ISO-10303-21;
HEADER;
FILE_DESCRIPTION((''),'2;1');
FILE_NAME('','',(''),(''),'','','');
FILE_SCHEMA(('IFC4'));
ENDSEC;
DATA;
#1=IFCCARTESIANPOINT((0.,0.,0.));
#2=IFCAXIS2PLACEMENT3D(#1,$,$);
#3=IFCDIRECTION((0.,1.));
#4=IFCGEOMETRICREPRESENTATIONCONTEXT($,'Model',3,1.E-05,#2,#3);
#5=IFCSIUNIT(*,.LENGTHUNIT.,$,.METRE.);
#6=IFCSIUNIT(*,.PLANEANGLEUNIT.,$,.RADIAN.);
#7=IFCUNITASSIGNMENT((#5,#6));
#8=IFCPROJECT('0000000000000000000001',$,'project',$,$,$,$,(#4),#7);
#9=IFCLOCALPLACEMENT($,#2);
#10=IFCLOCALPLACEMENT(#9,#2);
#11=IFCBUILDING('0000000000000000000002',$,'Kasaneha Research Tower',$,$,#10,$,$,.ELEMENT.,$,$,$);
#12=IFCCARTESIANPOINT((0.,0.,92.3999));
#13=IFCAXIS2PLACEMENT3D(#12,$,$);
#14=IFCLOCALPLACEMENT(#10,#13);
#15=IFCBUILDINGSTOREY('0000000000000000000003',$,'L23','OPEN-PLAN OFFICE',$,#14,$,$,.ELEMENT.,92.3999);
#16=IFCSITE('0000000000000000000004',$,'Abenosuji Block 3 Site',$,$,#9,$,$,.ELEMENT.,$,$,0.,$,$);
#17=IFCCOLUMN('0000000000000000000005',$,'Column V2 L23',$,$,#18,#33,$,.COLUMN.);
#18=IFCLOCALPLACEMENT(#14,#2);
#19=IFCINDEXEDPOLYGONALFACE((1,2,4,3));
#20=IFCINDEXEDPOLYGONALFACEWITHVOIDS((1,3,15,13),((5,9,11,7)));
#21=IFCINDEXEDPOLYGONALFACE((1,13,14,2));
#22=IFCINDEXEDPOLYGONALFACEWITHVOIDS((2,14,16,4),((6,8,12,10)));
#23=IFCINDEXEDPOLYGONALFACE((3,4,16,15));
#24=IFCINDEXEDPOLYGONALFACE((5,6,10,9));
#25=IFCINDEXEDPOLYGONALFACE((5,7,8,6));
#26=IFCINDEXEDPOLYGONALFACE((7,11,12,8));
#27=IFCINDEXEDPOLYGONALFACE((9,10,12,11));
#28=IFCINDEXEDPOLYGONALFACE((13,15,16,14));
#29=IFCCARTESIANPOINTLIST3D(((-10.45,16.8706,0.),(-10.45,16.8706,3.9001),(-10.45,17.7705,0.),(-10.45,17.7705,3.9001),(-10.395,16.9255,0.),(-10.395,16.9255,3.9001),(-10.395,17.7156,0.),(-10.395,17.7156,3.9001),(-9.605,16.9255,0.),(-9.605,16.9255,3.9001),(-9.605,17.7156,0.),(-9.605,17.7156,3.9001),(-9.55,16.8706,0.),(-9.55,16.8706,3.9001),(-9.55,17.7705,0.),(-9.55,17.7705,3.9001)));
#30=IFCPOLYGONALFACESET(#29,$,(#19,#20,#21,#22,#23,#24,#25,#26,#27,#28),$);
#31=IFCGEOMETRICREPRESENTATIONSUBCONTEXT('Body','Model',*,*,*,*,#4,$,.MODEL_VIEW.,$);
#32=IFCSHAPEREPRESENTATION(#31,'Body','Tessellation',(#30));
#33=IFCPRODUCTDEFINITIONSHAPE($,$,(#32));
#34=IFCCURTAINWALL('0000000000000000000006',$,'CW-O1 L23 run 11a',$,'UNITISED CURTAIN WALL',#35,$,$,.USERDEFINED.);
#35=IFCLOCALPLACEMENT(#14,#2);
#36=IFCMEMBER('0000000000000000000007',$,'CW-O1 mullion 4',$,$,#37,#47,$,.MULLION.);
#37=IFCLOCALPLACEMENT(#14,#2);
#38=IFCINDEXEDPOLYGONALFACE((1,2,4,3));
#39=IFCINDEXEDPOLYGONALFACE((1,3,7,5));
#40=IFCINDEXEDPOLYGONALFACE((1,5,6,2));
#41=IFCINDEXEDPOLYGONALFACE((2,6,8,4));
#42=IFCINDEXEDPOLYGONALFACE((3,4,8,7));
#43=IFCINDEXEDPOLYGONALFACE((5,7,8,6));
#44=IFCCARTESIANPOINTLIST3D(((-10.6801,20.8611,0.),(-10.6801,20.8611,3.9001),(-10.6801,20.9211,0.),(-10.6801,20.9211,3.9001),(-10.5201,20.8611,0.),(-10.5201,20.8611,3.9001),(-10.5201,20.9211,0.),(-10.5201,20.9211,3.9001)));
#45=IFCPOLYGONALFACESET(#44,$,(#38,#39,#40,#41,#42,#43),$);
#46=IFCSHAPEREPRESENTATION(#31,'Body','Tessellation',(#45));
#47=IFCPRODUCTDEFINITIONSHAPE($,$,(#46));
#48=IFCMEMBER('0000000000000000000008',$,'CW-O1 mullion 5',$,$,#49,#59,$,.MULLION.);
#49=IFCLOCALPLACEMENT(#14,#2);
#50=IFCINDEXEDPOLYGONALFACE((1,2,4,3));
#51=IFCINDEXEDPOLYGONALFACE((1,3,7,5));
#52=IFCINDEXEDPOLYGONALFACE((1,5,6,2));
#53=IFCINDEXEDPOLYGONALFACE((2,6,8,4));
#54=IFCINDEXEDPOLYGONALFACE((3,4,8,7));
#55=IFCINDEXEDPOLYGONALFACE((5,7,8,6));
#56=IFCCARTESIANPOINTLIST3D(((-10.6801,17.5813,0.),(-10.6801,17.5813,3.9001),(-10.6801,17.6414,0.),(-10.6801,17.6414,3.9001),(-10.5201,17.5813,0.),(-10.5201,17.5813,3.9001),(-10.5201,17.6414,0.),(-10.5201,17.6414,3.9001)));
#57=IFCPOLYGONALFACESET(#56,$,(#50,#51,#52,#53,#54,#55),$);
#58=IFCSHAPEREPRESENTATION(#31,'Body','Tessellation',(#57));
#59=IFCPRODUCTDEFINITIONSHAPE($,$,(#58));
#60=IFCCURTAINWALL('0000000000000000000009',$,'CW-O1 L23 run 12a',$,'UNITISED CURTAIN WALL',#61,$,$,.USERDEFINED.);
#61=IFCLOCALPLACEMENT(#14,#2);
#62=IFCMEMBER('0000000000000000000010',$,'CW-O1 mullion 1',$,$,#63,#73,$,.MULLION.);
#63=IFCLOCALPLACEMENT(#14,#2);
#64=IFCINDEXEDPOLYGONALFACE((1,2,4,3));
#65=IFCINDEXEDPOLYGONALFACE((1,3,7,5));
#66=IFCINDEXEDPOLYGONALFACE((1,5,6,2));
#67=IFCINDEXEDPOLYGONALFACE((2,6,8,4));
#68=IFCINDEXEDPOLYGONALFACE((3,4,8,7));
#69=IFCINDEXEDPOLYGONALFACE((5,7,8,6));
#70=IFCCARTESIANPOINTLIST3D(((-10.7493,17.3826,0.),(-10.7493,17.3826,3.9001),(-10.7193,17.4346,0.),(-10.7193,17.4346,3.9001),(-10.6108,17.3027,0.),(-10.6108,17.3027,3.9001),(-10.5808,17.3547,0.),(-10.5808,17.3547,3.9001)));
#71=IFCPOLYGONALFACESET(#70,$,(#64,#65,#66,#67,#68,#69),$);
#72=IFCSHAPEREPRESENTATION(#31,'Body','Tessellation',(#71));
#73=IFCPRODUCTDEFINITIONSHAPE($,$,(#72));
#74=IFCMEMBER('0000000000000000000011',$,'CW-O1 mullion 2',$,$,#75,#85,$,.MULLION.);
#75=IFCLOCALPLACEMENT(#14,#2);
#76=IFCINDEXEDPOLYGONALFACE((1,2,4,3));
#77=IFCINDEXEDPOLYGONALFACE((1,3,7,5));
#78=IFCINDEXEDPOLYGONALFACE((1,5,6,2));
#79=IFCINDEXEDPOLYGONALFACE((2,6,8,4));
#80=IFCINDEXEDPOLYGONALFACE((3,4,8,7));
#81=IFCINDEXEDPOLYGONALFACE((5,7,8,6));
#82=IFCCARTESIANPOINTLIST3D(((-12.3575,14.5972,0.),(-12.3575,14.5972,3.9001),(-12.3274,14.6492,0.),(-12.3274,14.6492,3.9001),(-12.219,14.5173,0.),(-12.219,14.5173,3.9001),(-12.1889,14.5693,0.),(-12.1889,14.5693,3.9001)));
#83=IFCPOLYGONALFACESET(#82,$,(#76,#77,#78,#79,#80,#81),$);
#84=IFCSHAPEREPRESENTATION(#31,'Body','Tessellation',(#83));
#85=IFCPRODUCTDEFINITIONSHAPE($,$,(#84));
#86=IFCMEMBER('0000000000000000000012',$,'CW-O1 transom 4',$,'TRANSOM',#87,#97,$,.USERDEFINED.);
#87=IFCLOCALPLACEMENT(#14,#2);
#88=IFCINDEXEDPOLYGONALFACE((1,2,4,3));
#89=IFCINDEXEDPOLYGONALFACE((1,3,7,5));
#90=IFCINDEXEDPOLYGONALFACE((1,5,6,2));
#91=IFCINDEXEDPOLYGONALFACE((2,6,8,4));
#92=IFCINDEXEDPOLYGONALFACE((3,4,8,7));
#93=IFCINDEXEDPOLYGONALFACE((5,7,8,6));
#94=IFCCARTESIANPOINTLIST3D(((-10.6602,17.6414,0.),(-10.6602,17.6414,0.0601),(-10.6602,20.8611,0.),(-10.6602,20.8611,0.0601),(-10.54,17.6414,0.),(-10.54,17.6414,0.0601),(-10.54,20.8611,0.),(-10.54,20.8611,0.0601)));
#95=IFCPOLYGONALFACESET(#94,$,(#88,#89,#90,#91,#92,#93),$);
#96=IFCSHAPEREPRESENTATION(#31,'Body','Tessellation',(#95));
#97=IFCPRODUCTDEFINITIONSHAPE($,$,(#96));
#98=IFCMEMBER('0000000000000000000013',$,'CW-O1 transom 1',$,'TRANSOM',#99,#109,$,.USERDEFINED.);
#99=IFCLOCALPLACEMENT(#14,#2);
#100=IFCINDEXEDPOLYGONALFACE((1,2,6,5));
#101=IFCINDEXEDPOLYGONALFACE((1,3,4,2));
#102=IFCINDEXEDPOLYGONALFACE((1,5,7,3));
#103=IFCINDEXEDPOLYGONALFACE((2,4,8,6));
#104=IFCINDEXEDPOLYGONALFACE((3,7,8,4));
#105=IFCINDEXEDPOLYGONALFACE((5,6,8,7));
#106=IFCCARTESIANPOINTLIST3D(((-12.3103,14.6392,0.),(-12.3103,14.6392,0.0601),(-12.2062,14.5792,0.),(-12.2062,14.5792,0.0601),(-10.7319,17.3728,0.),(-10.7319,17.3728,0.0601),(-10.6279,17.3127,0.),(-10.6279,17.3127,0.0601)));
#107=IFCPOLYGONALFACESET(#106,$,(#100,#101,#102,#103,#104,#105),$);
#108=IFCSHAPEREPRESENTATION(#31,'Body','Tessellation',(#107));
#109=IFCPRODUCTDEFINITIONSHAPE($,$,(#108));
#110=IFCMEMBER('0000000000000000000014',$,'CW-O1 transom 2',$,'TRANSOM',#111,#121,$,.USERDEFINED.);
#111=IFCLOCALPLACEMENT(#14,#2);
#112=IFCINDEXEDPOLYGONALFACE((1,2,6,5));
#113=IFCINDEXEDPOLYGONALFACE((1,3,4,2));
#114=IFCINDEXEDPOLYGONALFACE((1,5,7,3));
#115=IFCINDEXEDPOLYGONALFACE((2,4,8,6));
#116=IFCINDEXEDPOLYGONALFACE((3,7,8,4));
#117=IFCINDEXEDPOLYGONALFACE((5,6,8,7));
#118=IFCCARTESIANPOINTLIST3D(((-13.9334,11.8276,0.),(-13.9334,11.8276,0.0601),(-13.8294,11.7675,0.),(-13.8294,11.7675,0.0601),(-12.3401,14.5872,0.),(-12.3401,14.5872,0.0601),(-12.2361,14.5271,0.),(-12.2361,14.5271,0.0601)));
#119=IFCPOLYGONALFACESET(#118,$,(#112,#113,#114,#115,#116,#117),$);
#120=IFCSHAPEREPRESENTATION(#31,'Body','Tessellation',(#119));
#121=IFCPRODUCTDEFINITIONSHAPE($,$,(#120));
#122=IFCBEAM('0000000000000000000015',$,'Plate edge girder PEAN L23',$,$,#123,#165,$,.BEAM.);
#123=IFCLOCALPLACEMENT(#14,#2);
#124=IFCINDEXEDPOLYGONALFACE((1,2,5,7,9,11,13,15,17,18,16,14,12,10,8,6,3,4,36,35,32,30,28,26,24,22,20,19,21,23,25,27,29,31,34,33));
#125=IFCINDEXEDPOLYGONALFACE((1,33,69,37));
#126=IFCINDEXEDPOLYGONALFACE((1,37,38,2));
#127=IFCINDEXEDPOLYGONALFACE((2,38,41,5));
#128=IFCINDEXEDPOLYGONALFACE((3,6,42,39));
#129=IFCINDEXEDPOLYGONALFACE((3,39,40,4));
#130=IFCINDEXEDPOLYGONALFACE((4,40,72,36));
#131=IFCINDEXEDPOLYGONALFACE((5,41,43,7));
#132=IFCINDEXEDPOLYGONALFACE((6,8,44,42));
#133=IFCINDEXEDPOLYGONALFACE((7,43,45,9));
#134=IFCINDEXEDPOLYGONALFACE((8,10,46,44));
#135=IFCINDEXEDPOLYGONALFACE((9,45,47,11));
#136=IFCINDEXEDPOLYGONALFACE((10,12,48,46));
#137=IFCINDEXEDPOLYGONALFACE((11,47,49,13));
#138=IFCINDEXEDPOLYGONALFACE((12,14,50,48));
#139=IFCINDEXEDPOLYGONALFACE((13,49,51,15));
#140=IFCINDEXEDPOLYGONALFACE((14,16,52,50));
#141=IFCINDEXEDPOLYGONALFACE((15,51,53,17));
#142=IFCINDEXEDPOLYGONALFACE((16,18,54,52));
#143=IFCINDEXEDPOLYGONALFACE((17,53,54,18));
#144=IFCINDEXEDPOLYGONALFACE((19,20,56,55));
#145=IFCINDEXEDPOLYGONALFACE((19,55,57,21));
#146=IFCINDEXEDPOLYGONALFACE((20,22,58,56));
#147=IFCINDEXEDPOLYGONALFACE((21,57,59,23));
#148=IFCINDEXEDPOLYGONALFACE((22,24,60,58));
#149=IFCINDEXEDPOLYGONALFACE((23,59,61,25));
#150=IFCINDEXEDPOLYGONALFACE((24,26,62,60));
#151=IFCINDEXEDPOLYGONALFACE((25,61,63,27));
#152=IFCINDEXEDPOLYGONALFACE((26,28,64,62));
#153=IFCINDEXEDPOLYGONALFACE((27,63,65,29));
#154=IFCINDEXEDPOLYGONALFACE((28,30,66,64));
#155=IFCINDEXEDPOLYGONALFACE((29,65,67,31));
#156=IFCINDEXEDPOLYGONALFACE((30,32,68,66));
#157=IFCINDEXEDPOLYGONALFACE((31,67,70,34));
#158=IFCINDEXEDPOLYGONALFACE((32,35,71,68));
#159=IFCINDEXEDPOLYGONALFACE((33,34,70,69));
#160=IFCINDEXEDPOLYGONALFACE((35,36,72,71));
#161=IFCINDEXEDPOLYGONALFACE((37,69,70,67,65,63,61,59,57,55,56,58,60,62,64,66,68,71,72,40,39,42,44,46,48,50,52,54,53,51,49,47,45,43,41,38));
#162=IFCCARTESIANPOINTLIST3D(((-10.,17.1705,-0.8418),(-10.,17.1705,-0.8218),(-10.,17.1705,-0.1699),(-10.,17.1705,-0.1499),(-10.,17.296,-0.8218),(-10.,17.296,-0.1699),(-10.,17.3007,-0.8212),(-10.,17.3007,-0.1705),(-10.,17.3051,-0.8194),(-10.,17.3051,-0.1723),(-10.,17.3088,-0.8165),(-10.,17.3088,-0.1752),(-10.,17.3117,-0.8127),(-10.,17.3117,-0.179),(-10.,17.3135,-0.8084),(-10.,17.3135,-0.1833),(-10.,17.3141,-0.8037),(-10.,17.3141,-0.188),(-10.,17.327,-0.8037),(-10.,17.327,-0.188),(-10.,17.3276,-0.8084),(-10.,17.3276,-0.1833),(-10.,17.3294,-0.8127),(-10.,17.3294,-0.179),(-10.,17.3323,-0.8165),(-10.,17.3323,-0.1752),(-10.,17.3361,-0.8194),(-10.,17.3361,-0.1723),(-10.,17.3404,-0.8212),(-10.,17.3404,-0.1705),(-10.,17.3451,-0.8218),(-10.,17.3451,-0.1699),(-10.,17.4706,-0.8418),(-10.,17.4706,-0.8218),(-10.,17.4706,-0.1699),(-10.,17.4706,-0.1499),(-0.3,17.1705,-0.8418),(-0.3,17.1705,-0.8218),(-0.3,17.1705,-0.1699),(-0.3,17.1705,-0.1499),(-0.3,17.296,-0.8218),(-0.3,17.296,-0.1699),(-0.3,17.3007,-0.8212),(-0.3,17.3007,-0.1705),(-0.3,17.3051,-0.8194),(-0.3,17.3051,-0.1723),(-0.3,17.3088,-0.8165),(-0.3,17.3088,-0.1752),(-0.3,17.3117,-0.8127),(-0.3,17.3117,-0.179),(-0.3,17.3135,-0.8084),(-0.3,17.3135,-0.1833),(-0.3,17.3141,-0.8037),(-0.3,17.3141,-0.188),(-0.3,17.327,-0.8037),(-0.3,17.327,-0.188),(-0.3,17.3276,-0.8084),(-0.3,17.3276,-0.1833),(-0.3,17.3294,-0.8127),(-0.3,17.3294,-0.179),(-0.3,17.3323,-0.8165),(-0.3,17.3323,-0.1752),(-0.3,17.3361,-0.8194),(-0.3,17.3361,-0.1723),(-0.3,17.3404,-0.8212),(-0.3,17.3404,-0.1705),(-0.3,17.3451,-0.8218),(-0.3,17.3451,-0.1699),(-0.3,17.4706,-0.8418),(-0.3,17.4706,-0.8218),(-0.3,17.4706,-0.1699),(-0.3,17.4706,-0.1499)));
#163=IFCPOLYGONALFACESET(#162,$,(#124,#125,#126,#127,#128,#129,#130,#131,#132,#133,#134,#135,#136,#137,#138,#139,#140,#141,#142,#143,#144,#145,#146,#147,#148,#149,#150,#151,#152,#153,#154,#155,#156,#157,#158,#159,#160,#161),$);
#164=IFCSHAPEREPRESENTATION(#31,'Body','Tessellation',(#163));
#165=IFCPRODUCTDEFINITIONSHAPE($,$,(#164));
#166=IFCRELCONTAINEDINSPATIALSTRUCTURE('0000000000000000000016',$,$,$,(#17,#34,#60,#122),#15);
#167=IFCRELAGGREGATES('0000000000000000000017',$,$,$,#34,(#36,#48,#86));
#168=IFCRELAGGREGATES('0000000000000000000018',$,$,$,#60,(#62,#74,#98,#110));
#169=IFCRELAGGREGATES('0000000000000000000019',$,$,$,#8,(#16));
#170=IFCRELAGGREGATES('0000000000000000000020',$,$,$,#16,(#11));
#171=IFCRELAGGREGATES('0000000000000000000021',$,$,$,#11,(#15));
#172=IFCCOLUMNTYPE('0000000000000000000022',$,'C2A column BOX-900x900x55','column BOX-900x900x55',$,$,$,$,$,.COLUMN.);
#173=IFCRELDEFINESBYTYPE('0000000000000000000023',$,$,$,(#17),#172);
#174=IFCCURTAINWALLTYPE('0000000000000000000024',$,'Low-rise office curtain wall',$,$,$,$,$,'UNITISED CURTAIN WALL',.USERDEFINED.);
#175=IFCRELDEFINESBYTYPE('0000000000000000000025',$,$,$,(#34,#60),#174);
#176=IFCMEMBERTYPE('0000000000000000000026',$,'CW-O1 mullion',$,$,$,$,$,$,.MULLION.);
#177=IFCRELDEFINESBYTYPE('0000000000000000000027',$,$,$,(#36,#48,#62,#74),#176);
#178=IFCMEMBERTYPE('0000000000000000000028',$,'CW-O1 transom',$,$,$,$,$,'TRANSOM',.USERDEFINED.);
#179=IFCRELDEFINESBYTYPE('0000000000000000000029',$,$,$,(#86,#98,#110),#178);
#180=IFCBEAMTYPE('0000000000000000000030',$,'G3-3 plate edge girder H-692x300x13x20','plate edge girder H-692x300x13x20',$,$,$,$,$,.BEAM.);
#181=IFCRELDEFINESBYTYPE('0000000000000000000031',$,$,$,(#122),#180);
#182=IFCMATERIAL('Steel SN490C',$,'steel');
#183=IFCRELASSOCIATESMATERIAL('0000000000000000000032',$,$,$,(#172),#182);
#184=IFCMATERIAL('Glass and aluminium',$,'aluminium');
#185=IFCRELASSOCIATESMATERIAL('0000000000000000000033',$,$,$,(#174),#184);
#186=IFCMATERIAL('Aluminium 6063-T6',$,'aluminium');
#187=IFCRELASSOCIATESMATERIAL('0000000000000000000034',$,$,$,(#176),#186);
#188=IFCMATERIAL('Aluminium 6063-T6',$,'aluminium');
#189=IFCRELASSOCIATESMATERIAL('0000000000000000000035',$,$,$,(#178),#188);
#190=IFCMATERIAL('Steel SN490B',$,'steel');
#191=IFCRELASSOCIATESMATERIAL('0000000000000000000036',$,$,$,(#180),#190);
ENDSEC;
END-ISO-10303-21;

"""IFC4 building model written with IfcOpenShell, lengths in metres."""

from ifc_helpers import new_model, si_unit, direction, frame, origin, origin_2d, place, context, subcontext, project, spatial, rectangle, hollow_rectangle, i_section, extrude, material, material_profile, profile_set, type_object, element, aggregate, save


model = new_model("IFC4")

# Units and contexts
model_context = context("Model", 3, precision=1e-05, world=origin(), true_north=direction((0.0, 1.0)))
body_context = subcontext(model_context, "Body", "Model", "MODEL_VIEW")
ifc_project = project(units=[si_unit("LENGTHUNIT", "METRE"), si_unit("PLANEANGLEUNIT", "RADIAN")], contexts=[model_context])

# Site, building, storey
site_placement = place(None, origin())
site = spatial("IfcSite", under=ifc_project, at=site_placement, Name="Abenosuji Block 3 Site", CompositionType="ELEMENT", RefElevation=0.0)
building_placement = place(site_placement, origin())
building = spatial("IfcBuilding", under=site, at=building_placement, Name="Kasaneha Research Tower", CompositionType="ELEMENT")
storey_placement = place(building_placement, frame((0.0, 0.0, 92.3999)))
storey = spatial("IfcBuildingStorey", under=building, at=storey_placement, Name="L23", Description="OPEN-PLAN OFFICE", CompositionType="ELEMENT", Elevation=92.3999)

# Column
ifc_material_1 = material(Name="Steel SN490C", Category="steel")
ifc_material_profile_1 = material_profile(ifc_material_1, hollow_rectangle(XDim=0.8999, YDim=0.8999, WallThickness=0.0549, at=origin_2d()), Name="BOX-900x900x55")
ifc_profile_set_1 = profile_set([ifc_material_profile_1], Name="Steel SN490C")
column_type = type_object("IfcColumnType", Name="C2A column BOX-900x900x55", Description="column BOX-900x900x55", PredefinedType="COLUMN", material=ifc_profile_set_1)
column_placement = place(storey_placement, frame((-10.0, 17.3206, 0.0), z_axis=(0.0, 0.0, 1.0), x_axis=(1.0, 0.0, 0.0)))
element("IfcColumn", 1, at=column_placement, inside=storey, type_object=column_type, Name="Column V2 L23", PredefinedType="COLUMN", context=body_context, shape_type="SweptSolid", body=[
    extrude(hollow_rectangle(XDim=0.8999, YDim=0.8999, WallThickness=0.0549, at=origin_2d()), origin(), (0.0, 0.0, 1.0), 3.9001),
])

# Curtain walls, members
ifc_material_2 = material(Name="Glass and aluminium", Category="aluminium")
curtain_wall_type = type_object("IfcCurtainWallType", Name="Low-rise office curtain wall", ElementType="UNITISED CURTAIN WALL", PredefinedType="USERDEFINED", material=ifc_material_2)
curtain_wall_1_placement = place(storey_placement, origin())
curtain_wall_1 = element("IfcCurtainWall", 2, at=curtain_wall_1_placement, inside=storey, type_object=curtain_wall_type, Name="CW-O1 L23 run 11a", ObjectType="UNITISED CURTAIN WALL", PredefinedType="USERDEFINED")
ifc_material_3 = material(Name="Aluminium 6063-T6", Category="aluminium")
ifc_material_profile_2 = material_profile(ifc_material_3, rectangle(XDim=0.0601, YDim=0.1599, at=origin_2d()), Name="CW-O1 mullion 60x160")
ifc_profile_set_2 = profile_set([ifc_material_profile_2], Name="Aluminium 6063-T6")
member_type_1 = type_object("IfcMemberType", Name="CW-O1 mullion", PredefinedType="MULLION", material=ifc_profile_set_2)
member_1_placement = place(storey_placement, frame((-10.6001, 20.8911, 0.0), z_axis=(0.0, 0.0, 1.0), x_axis=(0.0, -1.0, 0.0)))
member_1 = element("IfcMember", 3, at=member_1_placement, type_object=member_type_1, Name="CW-O1 mullion 4", PredefinedType="MULLION", context=body_context, shape_type="SweptSolid", body=[
    extrude(rectangle(XDim=0.0601, YDim=0.1599, at=origin_2d()), origin(), (0.0, 0.0, 1.0), 3.9001),
])
member_2_placement = place(storey_placement, frame((-10.6001, 17.6113, 0.0), z_axis=(0.0, 0.0, 1.0), x_axis=(0.0, -1.0, 0.0)))
member_2 = element("IfcMember", 4, at=member_2_placement, type_object=member_type_1, Name="CW-O1 mullion 5", PredefinedType="MULLION", context=body_context, shape_type="SweptSolid", body=[
    extrude(rectangle(XDim=0.0601, YDim=0.1599, at=origin_2d()), origin(), (0.0, 0.0, 1.0), 3.9001),
])
curtain_wall_2_placement = place(storey_placement, origin())
curtain_wall_2 = element("IfcCurtainWall", 5, at=curtain_wall_2_placement, inside=storey, type_object=curtain_wall_type, Name="CW-O1 L23 run 12a", ObjectType="UNITISED CURTAIN WALL", PredefinedType="USERDEFINED")
member_3_placement = place(storey_placement, frame((-10.665, 17.3687, 0.0), z_axis=(0.0, 0.0, 1.0), x_axis=(-0.5, -0.866025, 0.0)))
member_3 = element("IfcMember", 6, at=member_3_placement, type_object=member_type_1, Name="CW-O1 mullion 1", PredefinedType="MULLION", context=body_context, shape_type="SweptSolid", body=[
    extrude(rectangle(XDim=0.0601, YDim=0.1599, at=origin_2d()), origin(), (0.0, 0.0, 1.0), 3.9001),
])
member_4_placement = place(storey_placement, frame((-12.2732, 14.5833, 0.0), z_axis=(0.0, 0.0, 1.0), x_axis=(-0.5, -0.866025, 0.0)))
member_4 = element("IfcMember", 7, at=member_4_placement, type_object=member_type_1, Name="CW-O1 mullion 2", PredefinedType="MULLION", context=body_context, shape_type="SweptSolid", body=[
    extrude(rectangle(XDim=0.0601, YDim=0.1599, at=origin_2d()), origin(), (0.0, 0.0, 1.0), 3.9001),
])

# Members
ifc_material_4 = material(Name="Aluminium 6063-T6", Category="aluminium")
ifc_material_profile_3 = material_profile(ifc_material_4, rectangle(XDim=0.1201, YDim=0.0601, at=origin_2d()), Name="CW-O1 transom 120x60")
ifc_profile_set_3 = profile_set([ifc_material_profile_3], Name="Aluminium 6063-T6")
member_type_2 = type_object("IfcMemberType", Name="CW-O1 transom", ElementType="TRANSOM", PredefinedType="USERDEFINED", material=ifc_profile_set_3)
member_5_placement = place(storey_placement, frame((-10.6001, 20.8611, 0.03), z_axis=(0.0, -1.0, 0.0), x_axis=(1.0, 0.0, 0.0)))
member_5 = element("IfcMember", 8, at=member_5_placement, type_object=member_type_2, Name="CW-O1 transom 4", ObjectType="TRANSOM", PredefinedType="USERDEFINED", context=body_context, shape_type="SweptSolid", body=[
    extrude(rectangle(XDim=0.1201, YDim=0.0601, at=origin_2d()), origin(), (0.0, 0.0, 1.0), 3.2197),
])
member_6_placement = place(storey_placement, frame((-10.6799, 17.3428, 0.03), z_axis=(-0.500024, -0.866012, 0.0), x_axis=(0.866012, -0.500024, 0.0)))
member_6 = element("IfcMember", 9, at=member_6_placement, type_object=member_type_2, Name="CW-O1 transom 1", ObjectType="TRANSOM", PredefinedType="USERDEFINED", context=body_context, shape_type="SweptSolid", body=[
    extrude(rectangle(XDim=0.1201, YDim=0.0601, at=origin_2d()), origin(), (0.0, 0.0, 1.0), 3.1565),
])
member_7_placement = place(storey_placement, frame((-12.2881, 14.5571, 0.03), z_axis=(-0.500012, -0.866018, 0.0), x_axis=(0.866018, -0.500012, 0.0)))
member_7 = element("IfcMember", 10, at=member_7_placement, type_object=member_type_2, Name="CW-O1 transom 2", ObjectType="TRANSOM", PredefinedType="USERDEFINED", context=body_context, shape_type="SweptSolid", body=[
    extrude(rectangle(XDim=0.1201, YDim=0.0601, at=origin_2d()), origin(), (0.0, 0.0, 1.0), 3.1865),
])

# Beam
ifc_material_5 = material(Name="Steel SN490B", Category="steel")
ifc_material_profile_4 = material_profile(ifc_material_5, i_section(OverallWidth=0.3, OverallDepth=0.6919, WebThickness=0.0129, FlangeThickness=0.02, FilletRadius=0.0181, at=origin_2d()), Name="H-692x300x13x20")
ifc_profile_set_4 = profile_set([ifc_material_profile_4], Name="Steel SN490B")
beam_type_1 = type_object("IfcBeamType", Name="G3-3 plate edge girder H-692x300x13x20", Description="plate edge girder H-692x300x13x20", PredefinedType="BEAM", material=ifc_profile_set_4)
beam_1_placement = place(storey_placement, frame((-10.0, 17.3206, -0.4958), z_axis=(1.0, 0.0, 0.0), x_axis=(0.0, 1.0, 0.0)))
element("IfcBeam", 11, at=beam_1_placement, inside=storey, type_object=beam_type_1, Name="Plate edge girder PEAN L23", PredefinedType="BEAM", context=body_context, shape_type="SweptSolid", body=[
    extrude(i_section(OverallWidth=0.3, OverallDepth=0.6919, WebThickness=0.0129, FlangeThickness=0.02, FilletRadius=0.0181, at=origin_2d()), origin(), (0.0, 0.0, 1.0), 9.7),
])

aggregate(curtain_wall_1, [member_1, member_2, member_5])
aggregate(curtain_wall_2, [member_3, member_4, member_6, member_7])

save(model, "model.ifc")
